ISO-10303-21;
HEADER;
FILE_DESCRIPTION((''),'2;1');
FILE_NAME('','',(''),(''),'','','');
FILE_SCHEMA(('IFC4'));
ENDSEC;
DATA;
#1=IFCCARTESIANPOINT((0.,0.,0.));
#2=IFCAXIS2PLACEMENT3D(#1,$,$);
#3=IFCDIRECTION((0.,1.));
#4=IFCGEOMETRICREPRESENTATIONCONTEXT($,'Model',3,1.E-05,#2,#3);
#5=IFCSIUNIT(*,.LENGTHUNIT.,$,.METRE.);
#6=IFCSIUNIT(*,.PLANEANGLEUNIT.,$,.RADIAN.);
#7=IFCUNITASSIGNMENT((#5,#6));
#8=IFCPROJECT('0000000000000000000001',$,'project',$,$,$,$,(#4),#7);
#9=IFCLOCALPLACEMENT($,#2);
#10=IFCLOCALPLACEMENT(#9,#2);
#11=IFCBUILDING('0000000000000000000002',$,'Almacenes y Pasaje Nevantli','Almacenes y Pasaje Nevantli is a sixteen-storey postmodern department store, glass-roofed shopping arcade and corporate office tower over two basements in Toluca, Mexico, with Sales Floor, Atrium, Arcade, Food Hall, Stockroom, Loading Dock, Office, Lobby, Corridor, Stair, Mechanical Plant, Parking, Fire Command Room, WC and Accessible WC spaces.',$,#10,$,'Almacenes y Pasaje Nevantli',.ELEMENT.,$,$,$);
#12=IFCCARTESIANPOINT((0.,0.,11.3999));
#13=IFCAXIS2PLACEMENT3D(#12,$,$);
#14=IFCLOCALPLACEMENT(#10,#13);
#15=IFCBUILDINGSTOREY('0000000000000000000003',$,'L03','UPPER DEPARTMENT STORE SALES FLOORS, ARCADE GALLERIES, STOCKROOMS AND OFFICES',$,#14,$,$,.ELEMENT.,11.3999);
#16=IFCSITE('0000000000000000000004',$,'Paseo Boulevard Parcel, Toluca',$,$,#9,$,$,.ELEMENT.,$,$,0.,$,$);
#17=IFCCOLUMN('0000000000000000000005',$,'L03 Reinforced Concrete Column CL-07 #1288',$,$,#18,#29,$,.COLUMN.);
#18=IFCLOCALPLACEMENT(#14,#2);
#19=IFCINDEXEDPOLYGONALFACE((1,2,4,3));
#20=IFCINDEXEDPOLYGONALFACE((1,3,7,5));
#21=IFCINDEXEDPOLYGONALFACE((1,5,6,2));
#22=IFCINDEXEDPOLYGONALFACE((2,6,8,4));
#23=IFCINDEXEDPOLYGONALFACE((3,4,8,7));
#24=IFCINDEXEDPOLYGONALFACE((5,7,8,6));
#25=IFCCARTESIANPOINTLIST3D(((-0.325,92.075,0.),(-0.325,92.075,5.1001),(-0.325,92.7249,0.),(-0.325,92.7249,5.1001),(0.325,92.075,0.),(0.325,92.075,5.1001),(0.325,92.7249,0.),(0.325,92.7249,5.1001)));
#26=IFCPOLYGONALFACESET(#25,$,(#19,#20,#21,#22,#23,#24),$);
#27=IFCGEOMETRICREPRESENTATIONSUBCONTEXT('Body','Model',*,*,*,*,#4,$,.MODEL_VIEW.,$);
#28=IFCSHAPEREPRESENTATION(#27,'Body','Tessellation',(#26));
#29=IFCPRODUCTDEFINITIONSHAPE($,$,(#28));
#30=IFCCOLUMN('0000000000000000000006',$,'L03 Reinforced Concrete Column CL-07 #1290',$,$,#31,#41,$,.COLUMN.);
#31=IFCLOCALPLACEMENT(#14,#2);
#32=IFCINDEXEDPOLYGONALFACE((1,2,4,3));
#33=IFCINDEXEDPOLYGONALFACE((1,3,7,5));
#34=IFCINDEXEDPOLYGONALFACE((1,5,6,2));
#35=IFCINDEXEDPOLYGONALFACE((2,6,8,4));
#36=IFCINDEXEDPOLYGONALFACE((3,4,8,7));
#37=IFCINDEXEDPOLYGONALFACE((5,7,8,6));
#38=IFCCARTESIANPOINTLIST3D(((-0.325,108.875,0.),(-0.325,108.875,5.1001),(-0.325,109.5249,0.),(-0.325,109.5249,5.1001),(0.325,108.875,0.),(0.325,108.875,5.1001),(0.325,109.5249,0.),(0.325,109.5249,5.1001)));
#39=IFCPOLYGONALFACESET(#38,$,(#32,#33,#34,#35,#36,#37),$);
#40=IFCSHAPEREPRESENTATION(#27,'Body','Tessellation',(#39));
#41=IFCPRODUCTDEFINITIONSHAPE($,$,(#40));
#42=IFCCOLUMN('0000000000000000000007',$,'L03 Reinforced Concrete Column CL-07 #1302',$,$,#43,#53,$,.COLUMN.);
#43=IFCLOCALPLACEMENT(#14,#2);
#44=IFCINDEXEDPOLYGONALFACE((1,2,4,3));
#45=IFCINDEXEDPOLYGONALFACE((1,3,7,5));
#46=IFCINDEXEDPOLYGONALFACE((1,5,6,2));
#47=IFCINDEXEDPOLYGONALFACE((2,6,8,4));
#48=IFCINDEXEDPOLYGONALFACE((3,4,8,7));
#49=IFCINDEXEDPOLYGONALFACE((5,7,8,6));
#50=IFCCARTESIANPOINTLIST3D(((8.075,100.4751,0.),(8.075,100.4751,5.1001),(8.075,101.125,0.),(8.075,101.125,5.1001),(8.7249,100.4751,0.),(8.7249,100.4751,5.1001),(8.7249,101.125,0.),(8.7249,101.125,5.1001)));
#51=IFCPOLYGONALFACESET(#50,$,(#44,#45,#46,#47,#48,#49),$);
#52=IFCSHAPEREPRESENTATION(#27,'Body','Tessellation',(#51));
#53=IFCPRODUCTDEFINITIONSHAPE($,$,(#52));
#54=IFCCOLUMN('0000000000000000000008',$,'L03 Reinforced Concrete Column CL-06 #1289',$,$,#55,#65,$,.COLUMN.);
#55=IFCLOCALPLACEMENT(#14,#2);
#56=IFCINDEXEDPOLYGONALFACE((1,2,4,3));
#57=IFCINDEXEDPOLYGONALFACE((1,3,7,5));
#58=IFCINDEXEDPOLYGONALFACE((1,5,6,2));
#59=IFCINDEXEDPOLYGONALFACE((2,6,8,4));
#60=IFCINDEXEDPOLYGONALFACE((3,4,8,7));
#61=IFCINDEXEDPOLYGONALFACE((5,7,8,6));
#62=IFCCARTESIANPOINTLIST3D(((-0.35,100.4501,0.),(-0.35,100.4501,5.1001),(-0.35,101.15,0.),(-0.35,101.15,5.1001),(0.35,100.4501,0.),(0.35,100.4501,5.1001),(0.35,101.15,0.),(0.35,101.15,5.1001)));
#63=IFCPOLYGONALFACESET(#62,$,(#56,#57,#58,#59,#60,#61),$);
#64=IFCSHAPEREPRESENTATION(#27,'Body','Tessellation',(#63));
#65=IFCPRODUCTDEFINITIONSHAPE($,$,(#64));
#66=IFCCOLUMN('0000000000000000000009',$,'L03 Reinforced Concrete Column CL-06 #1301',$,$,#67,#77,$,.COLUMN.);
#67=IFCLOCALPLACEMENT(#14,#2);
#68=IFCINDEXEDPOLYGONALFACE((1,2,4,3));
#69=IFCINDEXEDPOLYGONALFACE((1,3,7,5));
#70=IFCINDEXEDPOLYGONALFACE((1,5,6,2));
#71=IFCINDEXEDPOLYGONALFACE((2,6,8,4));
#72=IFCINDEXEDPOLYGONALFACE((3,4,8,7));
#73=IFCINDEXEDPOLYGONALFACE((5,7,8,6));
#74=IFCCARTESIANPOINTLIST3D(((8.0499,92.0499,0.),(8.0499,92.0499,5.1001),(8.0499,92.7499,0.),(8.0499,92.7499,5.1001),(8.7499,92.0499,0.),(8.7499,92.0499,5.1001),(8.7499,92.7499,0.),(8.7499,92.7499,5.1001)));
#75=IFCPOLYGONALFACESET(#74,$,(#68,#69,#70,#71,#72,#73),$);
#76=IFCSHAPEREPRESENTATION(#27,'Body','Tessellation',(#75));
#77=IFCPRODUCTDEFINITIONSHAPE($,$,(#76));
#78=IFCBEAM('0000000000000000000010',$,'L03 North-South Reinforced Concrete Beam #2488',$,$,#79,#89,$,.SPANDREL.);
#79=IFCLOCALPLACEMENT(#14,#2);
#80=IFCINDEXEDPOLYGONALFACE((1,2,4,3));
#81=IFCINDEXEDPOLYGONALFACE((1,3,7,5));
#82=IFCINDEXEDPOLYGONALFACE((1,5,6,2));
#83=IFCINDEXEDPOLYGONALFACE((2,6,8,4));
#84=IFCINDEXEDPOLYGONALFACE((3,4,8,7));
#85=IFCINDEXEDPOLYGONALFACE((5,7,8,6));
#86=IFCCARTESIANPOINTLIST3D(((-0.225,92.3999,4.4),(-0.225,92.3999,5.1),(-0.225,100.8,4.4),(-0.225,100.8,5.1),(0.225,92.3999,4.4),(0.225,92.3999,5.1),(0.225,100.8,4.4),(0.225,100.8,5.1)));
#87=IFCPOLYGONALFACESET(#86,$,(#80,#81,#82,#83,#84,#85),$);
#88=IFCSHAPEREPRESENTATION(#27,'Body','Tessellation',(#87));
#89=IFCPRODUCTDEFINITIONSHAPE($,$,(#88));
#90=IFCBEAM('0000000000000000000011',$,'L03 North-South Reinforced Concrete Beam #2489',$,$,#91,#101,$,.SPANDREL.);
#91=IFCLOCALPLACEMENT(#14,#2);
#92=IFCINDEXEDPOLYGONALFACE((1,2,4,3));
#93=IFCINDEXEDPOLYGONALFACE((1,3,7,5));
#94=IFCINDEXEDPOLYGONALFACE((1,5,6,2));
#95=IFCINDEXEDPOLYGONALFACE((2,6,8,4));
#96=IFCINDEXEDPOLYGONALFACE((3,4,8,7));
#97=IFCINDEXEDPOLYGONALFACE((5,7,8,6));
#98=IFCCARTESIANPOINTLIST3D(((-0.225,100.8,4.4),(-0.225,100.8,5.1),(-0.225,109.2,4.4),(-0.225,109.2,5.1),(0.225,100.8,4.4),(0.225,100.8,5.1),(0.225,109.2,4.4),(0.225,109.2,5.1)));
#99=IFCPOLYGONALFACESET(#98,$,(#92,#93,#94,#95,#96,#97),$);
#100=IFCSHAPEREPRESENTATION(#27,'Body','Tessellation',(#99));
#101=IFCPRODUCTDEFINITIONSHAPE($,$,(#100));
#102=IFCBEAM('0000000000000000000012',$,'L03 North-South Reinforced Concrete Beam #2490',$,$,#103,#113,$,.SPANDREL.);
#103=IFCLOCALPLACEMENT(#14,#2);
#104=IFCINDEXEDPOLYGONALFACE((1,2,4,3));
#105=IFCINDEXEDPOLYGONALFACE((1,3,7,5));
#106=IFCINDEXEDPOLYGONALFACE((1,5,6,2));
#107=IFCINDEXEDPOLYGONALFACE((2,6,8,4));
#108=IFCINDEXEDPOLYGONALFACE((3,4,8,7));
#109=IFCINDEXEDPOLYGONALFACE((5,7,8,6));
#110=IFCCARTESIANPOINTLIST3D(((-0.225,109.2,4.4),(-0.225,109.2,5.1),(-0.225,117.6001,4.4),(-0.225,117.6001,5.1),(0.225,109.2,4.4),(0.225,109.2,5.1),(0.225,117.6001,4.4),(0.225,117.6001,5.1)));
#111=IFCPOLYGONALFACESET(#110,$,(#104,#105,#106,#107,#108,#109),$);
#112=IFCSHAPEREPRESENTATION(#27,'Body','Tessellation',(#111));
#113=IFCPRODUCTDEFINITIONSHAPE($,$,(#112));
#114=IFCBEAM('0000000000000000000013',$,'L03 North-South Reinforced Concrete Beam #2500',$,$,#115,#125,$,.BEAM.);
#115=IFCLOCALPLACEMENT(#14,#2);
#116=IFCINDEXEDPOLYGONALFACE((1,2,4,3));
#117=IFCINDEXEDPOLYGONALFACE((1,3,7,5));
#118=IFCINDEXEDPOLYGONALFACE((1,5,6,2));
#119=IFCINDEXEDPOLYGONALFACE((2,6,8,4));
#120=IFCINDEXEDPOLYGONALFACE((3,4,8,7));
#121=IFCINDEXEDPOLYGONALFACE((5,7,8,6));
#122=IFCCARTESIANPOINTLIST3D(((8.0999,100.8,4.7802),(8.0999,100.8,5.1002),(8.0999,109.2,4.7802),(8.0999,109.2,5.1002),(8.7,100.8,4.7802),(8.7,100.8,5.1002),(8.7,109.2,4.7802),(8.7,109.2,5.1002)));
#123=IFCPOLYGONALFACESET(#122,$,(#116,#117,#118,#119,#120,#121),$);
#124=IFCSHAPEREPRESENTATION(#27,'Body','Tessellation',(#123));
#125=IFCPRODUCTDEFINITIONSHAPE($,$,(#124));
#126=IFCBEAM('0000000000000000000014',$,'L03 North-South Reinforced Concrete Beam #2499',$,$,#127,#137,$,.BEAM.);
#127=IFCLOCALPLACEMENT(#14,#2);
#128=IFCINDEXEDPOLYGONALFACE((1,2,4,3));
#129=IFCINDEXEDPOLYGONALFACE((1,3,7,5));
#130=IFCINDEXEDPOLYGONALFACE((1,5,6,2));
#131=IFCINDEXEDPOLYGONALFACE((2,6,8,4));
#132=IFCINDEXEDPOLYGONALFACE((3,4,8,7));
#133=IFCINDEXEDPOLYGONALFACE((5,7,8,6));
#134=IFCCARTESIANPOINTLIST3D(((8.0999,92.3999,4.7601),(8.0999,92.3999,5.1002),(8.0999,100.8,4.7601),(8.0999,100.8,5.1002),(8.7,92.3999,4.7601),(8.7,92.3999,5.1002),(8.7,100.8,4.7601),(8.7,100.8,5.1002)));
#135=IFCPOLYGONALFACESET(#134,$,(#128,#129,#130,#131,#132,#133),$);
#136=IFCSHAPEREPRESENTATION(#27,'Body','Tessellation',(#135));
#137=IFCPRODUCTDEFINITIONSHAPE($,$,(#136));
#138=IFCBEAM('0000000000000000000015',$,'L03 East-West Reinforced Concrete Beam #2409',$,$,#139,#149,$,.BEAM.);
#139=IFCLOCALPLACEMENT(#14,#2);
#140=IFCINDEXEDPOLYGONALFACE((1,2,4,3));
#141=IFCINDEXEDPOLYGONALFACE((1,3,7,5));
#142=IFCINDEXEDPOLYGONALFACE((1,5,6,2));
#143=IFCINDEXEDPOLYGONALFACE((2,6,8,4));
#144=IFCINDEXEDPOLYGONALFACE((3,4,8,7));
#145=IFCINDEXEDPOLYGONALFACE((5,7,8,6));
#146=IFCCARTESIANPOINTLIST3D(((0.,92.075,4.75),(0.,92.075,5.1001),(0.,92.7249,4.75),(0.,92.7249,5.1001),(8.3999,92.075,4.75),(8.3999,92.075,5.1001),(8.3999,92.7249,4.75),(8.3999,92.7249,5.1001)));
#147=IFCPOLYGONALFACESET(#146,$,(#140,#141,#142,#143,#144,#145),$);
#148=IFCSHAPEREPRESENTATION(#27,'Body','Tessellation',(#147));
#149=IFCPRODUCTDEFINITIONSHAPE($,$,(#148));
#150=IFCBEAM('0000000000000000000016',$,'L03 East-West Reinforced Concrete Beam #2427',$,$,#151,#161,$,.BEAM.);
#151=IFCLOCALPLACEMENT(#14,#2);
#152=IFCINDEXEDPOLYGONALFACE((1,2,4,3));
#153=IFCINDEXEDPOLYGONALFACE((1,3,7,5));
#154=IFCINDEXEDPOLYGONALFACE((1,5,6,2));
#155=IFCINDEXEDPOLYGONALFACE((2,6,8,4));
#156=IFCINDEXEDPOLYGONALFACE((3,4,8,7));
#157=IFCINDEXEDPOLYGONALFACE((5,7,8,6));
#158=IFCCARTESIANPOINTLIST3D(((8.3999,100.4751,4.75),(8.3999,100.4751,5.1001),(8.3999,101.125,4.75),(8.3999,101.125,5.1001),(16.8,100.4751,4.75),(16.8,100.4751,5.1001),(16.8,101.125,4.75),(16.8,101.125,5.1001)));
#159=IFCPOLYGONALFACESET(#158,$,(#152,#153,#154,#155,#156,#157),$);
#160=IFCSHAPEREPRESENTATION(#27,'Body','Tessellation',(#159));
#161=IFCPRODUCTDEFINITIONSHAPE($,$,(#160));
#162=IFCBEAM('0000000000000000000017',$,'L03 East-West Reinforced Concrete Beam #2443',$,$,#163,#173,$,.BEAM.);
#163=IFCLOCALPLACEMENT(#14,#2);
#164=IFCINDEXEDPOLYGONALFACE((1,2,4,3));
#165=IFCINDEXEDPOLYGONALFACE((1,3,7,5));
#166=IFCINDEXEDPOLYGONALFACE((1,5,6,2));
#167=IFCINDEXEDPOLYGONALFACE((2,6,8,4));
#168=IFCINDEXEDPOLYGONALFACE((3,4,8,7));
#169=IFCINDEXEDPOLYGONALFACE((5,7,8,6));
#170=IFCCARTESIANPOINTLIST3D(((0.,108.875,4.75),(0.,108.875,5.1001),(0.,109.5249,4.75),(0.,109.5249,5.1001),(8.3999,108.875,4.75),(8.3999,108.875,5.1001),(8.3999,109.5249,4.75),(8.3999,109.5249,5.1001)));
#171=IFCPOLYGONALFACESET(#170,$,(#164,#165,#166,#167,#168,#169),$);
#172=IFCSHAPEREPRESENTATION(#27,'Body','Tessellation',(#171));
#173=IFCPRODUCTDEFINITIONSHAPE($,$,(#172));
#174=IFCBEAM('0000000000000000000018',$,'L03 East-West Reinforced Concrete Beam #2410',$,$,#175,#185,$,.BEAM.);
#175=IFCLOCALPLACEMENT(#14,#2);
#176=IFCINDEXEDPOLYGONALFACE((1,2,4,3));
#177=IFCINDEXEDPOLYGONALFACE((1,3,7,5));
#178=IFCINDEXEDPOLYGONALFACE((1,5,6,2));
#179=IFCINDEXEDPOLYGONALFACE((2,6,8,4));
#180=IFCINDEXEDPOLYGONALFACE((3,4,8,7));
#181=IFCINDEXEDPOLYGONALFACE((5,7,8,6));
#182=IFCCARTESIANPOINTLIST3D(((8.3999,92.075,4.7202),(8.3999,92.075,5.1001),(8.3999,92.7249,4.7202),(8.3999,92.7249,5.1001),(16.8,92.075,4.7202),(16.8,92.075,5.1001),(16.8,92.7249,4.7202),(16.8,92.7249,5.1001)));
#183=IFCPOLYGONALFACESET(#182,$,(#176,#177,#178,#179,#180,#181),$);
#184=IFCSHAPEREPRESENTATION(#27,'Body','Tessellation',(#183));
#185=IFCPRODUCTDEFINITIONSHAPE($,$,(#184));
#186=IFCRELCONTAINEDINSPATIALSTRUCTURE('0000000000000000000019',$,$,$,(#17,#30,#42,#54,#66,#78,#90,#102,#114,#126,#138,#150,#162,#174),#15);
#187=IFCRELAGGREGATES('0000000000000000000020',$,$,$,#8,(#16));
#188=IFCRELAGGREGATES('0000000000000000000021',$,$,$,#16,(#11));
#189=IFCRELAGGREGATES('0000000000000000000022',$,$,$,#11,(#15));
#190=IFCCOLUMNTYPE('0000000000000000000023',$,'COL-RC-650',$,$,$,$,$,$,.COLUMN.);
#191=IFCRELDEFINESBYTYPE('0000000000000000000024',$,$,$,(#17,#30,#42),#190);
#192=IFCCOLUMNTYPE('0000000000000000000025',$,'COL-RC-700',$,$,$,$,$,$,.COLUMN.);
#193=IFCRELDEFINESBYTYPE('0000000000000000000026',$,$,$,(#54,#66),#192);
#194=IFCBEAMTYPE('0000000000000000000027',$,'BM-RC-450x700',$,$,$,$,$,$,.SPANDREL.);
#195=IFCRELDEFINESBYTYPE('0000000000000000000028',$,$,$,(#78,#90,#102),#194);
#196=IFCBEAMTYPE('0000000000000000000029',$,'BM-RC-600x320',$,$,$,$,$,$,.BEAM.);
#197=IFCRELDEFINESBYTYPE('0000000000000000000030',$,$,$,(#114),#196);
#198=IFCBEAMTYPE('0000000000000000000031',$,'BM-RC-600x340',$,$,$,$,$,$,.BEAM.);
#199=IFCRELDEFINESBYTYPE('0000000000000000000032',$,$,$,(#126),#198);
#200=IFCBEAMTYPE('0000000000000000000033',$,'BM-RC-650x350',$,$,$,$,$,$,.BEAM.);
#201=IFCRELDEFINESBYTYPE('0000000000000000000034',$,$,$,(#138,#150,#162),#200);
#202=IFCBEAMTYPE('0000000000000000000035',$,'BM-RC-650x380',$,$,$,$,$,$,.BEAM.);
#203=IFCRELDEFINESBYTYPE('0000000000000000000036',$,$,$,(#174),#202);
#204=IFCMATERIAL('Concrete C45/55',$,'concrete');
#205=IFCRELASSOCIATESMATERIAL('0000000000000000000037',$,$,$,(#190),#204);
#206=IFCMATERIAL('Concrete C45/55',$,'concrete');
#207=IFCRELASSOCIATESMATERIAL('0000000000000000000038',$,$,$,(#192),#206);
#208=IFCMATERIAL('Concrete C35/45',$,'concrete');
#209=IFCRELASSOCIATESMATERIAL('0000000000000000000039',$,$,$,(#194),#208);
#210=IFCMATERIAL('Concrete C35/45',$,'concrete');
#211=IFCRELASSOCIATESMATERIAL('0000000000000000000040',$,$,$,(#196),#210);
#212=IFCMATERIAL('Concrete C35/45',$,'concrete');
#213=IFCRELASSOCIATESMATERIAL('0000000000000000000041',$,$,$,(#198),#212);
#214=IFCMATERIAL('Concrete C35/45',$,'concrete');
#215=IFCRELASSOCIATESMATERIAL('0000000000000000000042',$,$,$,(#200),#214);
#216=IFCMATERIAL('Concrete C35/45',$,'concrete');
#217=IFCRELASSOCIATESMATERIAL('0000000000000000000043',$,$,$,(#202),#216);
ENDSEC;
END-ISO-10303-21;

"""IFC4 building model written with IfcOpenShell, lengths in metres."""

from ifc_helpers import new_model, si_unit, direction, frame, origin, origin_2d, place, context, subcontext, project, spatial, rectangle, extrude, material, material_profile, profile_set, type_object, element, save


model = new_model("IFC4")

# Units and contexts
model_context = context("Model", 3, precision=1e-05, world=origin(), true_north=direction((0.0, 1.0)))
body_context = subcontext(model_context, "Body", "Model", "MODEL_VIEW")
ifc_project = project(units=[si_unit("LENGTHUNIT", "METRE"), si_unit("PLANEANGLEUNIT", "RADIAN")], contexts=[model_context])

# Site, building, storey
site_placement = place(None, origin())
site = spatial("IfcSite", under=ifc_project, at=site_placement, Name="Paseo Boulevard Parcel, Toluca", CompositionType="ELEMENT", RefElevation=0.0)
building_placement = place(site_placement, origin())
building = spatial("IfcBuilding", under=site, at=building_placement, Name="Almacenes y Pasaje Nevantli", Description="Almacenes y Pasaje Nevantli is a sixteen-storey postmodern department store, glass-roofed shopping arcade and corporate office tower over two basements in Toluca, Mexico, with Sales Floor, Atrium, Arcade, Food Hall, Stockroom, Loading Dock, Office, Lobby, Corridor, Stair, Mechanical Plant, Parking, Fire Command Room, WC and Accessible WC spaces.", LongName="Almacenes y Pasaje Nevantli", CompositionType="ELEMENT")
storey_placement = place(building_placement, frame((0.0, 0.0, 11.3999)))
storey = spatial("IfcBuildingStorey", under=building, at=storey_placement, Name="L03", Description="UPPER DEPARTMENT STORE SALES FLOORS, ARCADE GALLERIES, STOCKROOMS AND OFFICES", CompositionType="ELEMENT", Elevation=11.3999)

# Columns
ifc_material_1 = material(Name="Concrete C45/55", Category="concrete")
ifc_material_profile_1 = material_profile(ifc_material_1, rectangle(XDim=0.6499, YDim=0.6499, at=origin_2d()), Name="RC-COL-650x650")
ifc_profile_set_1 = profile_set([ifc_material_profile_1], Name="Concrete C45/55")
column_type_1 = type_object("IfcColumnType", Name="COL-RC-650", PredefinedType="COLUMN", material=ifc_profile_set_1)
for number, where, z_axis, x_axis, name in (
    (1, (0.0, 92.3999, 0.0), (0.0, 0.0, 1.0), (1.0, 0.0, 0.0), "L03 Reinforced Concrete Column CL-07 #1288"),
    (2, (0.0, 109.2, 0.0), (0.0, 0.0, 1.0), (1.0, 0.0, 0.0), "L03 Reinforced Concrete Column CL-07 #1290"),
    (3, (8.3999, 100.8, 0.0), (0.0, 0.0, 1.0), (1.0, 0.0, 0.0), "L03 Reinforced Concrete Column CL-07 #1302"),
):
    element("IfcColumn", number, at=place(storey_placement, frame(where, z_axis=z_axis, x_axis=x_axis)), inside=storey, type_object=column_type_1, Name=name, PredefinedType="COLUMN", context=body_context, shape_type="SweptSolid", body=[
        extrude(rectangle(XDim=0.6499, YDim=0.6499, at=origin_2d()), origin(), (0.0, 0.0, 1.0), 5.1001),
    ])
ifc_material_2 = material(Name="Concrete C45/55", Category="concrete")
ifc_material_profile_2 = material_profile(ifc_material_2, rectangle(XDim=0.7, YDim=0.7, at=origin_2d()), Name="RC-COL-700x700")
ifc_profile_set_2 = profile_set([ifc_material_profile_2], Name="Concrete C45/55")
column_type_2 = type_object("IfcColumnType", Name="COL-RC-700", PredefinedType="COLUMN", material=ifc_profile_set_2)
for number, where, z_axis, x_axis, name in (
    (4, (0.0, 100.8, 0.0), (0.0, 0.0, 1.0), (1.0, 0.0, 0.0), "L03 Reinforced Concrete Column CL-06 #1289"),
    (5, (8.3999, 92.3999, 0.0), (0.0, 0.0, 1.0), (1.0, 0.0, 0.0), "L03 Reinforced Concrete Column CL-06 #1301"),
):
    element("IfcColumn", number, at=place(storey_placement, frame(where, z_axis=z_axis, x_axis=x_axis)), inside=storey, type_object=column_type_2, Name=name, PredefinedType="COLUMN", context=body_context, shape_type="SweptSolid", body=[
        extrude(rectangle(XDim=0.7, YDim=0.7, at=origin_2d()), origin(), (0.0, 0.0, 1.0), 5.1001),
    ])

# Beams
ifc_material_3 = material(Name="Concrete C35/45", Category="concrete")
ifc_material_profile_3 = material_profile(ifc_material_3, rectangle(XDim=0.45, YDim=0.7, at=origin_2d()), Name="RC-BM-450x700")
ifc_profile_set_3 = profile_set([ifc_material_profile_3], Name="Concrete C35/45")
beam_type_1 = type_object("IfcBeamType", Name="BM-RC-450x700", PredefinedType="SPANDREL", material=ifc_profile_set_3)
beam_1_placement = place(storey_placement, frame((0.0, 92.3999, 4.75), z_axis=(0.0, 1.0, 0.0), x_axis=(-1.0, 0.0, 0.0)))
element("IfcBeam", 6, at=beam_1_placement, inside=storey, type_object=beam_type_1, Name="L03 North-South Reinforced Concrete Beam #2488", PredefinedType="SPANDREL", context=body_context, shape_type="SweptSolid", body=[
    extrude(rectangle(XDim=0.45, YDim=0.7, at=origin_2d()), origin(), (0.0, 0.0, 1.0), 8.4001),
])
beam_2_placement = place(storey_placement, frame((0.0, 100.8, 4.75), z_axis=(0.0, 1.0, 0.0), x_axis=(-1.0, 0.0, 0.0)))
element("IfcBeam", 7, at=beam_2_placement, inside=storey, type_object=beam_type_1, Name="L03 North-South Reinforced Concrete Beam #2489", PredefinedType="SPANDREL", context=body_context, shape_type="SweptSolid", body=[
    extrude(rectangle(XDim=0.45, YDim=0.7, at=origin_2d()), origin(), (0.0, 0.0, 1.0), 8.3999),
])
beam_3_placement = place(storey_placement, frame((0.0, 109.2, 4.75), z_axis=(0.0, 1.0, 0.0), x_axis=(-1.0, 0.0, 0.0)))
element("IfcBeam", 8, at=beam_3_placement, inside=storey, type_object=beam_type_1, Name="L03 North-South Reinforced Concrete Beam #2490", PredefinedType="SPANDREL", context=body_context, shape_type="SweptSolid", body=[
    extrude(rectangle(XDim=0.45, YDim=0.7, at=origin_2d()), origin(), (0.0, 0.0, 1.0), 8.4001),
])
ifc_material_4 = material(Name="Concrete C35/45", Category="concrete")
ifc_material_profile_4 = material_profile(ifc_material_4, rectangle(XDim=0.6001, YDim=0.3201, at=origin_2d()), Name="RC-BM-600x320")
ifc_profile_set_4 = profile_set([ifc_material_profile_4], Name="Concrete C35/45")
beam_type_2 = type_object("IfcBeamType", Name="BM-RC-600x320", PredefinedType="BEAM", material=ifc_profile_set_4)
beam_4_placement = place(storey_placement, frame((8.3999, 100.8, 4.9402), z_axis=(0.0, 1.0, 0.0), x_axis=(-1.0, 0.0, 0.0)))
element("IfcBeam", 9, at=beam_4_placement, inside=storey, type_object=beam_type_2, Name="L03 North-South Reinforced Concrete Beam #2500", PredefinedType="BEAM", context=body_context, shape_type="SweptSolid", body=[
    extrude(rectangle(XDim=0.6001, YDim=0.3201, at=origin_2d()), origin(), (0.0, 0.0, 1.0), 8.3999),
])
ifc_material_5 = material(Name="Concrete C35/45", Category="concrete")
ifc_material_profile_5 = material_profile(ifc_material_5, rectangle(XDim=0.6001, YDim=0.3401, at=origin_2d()), Name="RC-BM-600x340")
ifc_profile_set_5 = profile_set([ifc_material_profile_5], Name="Concrete C35/45")
beam_type_3 = type_object("IfcBeamType", Name="BM-RC-600x340", PredefinedType="BEAM", material=ifc_profile_set_5)
beam_5_placement = place(storey_placement, frame((8.3999, 92.3999, 4.9302), z_axis=(0.0, 1.0, 0.0), x_axis=(-1.0, 0.0, 0.0)))
element("IfcBeam", 10, at=beam_5_placement, inside=storey, type_object=beam_type_3, Name="L03 North-South Reinforced Concrete Beam #2499", PredefinedType="BEAM", context=body_context, shape_type="SweptSolid", body=[
    extrude(rectangle(XDim=0.6001, YDim=0.3401, at=origin_2d()), origin(), (0.0, 0.0, 1.0), 8.4001),
])
ifc_material_6 = material(Name="Concrete C35/45", Category="concrete")
ifc_material_profile_6 = material_profile(ifc_material_6, rectangle(XDim=0.6499, YDim=0.3501, at=origin_2d()), Name="RC-BM-650x350")
ifc_profile_set_6 = profile_set([ifc_material_profile_6], Name="Concrete C35/45")
beam_type_4 = type_object("IfcBeamType", Name="BM-RC-650x350", PredefinedType="BEAM", material=ifc_profile_set_6)
beam_6_placement = place(storey_placement, frame((0.0, 92.3999, 4.925), z_axis=(1.0, 0.0, 0.0), x_axis=(0.0, 1.0, 0.0)))
element("IfcBeam", 11, at=beam_6_placement, inside=storey, type_object=beam_type_4, Name="L03 East-West Reinforced Concrete Beam #2409", PredefinedType="BEAM", context=body_context, shape_type="SweptSolid", body=[
    extrude(rectangle(XDim=0.6499, YDim=0.3501, at=origin_2d()), origin(), (0.0, 0.0, 1.0), 8.3999),
])
beam_7_placement = place(storey_placement, frame((8.3999, 100.8, 4.925), z_axis=(1.0, 0.0, 0.0), x_axis=(0.0, 1.0, 0.0)))
element("IfcBeam", 12, at=beam_7_placement, inside=storey, type_object=beam_type_4, Name="L03 East-West Reinforced Concrete Beam #2427", PredefinedType="BEAM", context=body_context, shape_type="SweptSolid", body=[
    extrude(rectangle(XDim=0.6499, YDim=0.3501, at=origin_2d()), origin(), (0.0, 0.0, 1.0), 8.4001),
])
beam_8_placement = place(storey_placement, frame((0.0, 109.2, 4.925), z_axis=(1.0, 0.0, 0.0), x_axis=(0.0, 1.0, 0.0)))
element("IfcBeam", 13, at=beam_8_placement, inside=storey, type_object=beam_type_4, Name="L03 East-West Reinforced Concrete Beam #2443", PredefinedType="BEAM", context=body_context, shape_type="SweptSolid", body=[
    extrude(rectangle(XDim=0.6499, YDim=0.3501, at=origin_2d()), origin(), (0.0, 0.0, 1.0), 8.3999),
])
ifc_material_7 = material(Name="Concrete C35/45", Category="concrete")
ifc_material_profile_7 = material_profile(ifc_material_7, rectangle(XDim=0.6499, YDim=0.3799, at=origin_2d()), Name="RC-BM-650x380")
ifc_profile_set_7 = profile_set([ifc_material_profile_7], Name="Concrete C35/45")
beam_type_5 = type_object("IfcBeamType", Name="BM-RC-650x380", PredefinedType="BEAM", material=ifc_profile_set_7)
beam_9_placement = place(storey_placement, frame((8.3999, 92.3999, 4.9102), z_axis=(1.0, 0.0, 0.0), x_axis=(0.0, 1.0, 0.0)))
element("IfcBeam", 14, at=beam_9_placement, inside=storey, type_object=beam_type_5, Name="L03 East-West Reinforced Concrete Beam #2410", PredefinedType="BEAM", context=body_context, shape_type="SweptSolid", body=[
    extrude(rectangle(XDim=0.6499, YDim=0.3799, at=origin_2d()), origin(), (0.0, 0.0, 1.0), 8.4001),
])

save(model, "model.ifc")
